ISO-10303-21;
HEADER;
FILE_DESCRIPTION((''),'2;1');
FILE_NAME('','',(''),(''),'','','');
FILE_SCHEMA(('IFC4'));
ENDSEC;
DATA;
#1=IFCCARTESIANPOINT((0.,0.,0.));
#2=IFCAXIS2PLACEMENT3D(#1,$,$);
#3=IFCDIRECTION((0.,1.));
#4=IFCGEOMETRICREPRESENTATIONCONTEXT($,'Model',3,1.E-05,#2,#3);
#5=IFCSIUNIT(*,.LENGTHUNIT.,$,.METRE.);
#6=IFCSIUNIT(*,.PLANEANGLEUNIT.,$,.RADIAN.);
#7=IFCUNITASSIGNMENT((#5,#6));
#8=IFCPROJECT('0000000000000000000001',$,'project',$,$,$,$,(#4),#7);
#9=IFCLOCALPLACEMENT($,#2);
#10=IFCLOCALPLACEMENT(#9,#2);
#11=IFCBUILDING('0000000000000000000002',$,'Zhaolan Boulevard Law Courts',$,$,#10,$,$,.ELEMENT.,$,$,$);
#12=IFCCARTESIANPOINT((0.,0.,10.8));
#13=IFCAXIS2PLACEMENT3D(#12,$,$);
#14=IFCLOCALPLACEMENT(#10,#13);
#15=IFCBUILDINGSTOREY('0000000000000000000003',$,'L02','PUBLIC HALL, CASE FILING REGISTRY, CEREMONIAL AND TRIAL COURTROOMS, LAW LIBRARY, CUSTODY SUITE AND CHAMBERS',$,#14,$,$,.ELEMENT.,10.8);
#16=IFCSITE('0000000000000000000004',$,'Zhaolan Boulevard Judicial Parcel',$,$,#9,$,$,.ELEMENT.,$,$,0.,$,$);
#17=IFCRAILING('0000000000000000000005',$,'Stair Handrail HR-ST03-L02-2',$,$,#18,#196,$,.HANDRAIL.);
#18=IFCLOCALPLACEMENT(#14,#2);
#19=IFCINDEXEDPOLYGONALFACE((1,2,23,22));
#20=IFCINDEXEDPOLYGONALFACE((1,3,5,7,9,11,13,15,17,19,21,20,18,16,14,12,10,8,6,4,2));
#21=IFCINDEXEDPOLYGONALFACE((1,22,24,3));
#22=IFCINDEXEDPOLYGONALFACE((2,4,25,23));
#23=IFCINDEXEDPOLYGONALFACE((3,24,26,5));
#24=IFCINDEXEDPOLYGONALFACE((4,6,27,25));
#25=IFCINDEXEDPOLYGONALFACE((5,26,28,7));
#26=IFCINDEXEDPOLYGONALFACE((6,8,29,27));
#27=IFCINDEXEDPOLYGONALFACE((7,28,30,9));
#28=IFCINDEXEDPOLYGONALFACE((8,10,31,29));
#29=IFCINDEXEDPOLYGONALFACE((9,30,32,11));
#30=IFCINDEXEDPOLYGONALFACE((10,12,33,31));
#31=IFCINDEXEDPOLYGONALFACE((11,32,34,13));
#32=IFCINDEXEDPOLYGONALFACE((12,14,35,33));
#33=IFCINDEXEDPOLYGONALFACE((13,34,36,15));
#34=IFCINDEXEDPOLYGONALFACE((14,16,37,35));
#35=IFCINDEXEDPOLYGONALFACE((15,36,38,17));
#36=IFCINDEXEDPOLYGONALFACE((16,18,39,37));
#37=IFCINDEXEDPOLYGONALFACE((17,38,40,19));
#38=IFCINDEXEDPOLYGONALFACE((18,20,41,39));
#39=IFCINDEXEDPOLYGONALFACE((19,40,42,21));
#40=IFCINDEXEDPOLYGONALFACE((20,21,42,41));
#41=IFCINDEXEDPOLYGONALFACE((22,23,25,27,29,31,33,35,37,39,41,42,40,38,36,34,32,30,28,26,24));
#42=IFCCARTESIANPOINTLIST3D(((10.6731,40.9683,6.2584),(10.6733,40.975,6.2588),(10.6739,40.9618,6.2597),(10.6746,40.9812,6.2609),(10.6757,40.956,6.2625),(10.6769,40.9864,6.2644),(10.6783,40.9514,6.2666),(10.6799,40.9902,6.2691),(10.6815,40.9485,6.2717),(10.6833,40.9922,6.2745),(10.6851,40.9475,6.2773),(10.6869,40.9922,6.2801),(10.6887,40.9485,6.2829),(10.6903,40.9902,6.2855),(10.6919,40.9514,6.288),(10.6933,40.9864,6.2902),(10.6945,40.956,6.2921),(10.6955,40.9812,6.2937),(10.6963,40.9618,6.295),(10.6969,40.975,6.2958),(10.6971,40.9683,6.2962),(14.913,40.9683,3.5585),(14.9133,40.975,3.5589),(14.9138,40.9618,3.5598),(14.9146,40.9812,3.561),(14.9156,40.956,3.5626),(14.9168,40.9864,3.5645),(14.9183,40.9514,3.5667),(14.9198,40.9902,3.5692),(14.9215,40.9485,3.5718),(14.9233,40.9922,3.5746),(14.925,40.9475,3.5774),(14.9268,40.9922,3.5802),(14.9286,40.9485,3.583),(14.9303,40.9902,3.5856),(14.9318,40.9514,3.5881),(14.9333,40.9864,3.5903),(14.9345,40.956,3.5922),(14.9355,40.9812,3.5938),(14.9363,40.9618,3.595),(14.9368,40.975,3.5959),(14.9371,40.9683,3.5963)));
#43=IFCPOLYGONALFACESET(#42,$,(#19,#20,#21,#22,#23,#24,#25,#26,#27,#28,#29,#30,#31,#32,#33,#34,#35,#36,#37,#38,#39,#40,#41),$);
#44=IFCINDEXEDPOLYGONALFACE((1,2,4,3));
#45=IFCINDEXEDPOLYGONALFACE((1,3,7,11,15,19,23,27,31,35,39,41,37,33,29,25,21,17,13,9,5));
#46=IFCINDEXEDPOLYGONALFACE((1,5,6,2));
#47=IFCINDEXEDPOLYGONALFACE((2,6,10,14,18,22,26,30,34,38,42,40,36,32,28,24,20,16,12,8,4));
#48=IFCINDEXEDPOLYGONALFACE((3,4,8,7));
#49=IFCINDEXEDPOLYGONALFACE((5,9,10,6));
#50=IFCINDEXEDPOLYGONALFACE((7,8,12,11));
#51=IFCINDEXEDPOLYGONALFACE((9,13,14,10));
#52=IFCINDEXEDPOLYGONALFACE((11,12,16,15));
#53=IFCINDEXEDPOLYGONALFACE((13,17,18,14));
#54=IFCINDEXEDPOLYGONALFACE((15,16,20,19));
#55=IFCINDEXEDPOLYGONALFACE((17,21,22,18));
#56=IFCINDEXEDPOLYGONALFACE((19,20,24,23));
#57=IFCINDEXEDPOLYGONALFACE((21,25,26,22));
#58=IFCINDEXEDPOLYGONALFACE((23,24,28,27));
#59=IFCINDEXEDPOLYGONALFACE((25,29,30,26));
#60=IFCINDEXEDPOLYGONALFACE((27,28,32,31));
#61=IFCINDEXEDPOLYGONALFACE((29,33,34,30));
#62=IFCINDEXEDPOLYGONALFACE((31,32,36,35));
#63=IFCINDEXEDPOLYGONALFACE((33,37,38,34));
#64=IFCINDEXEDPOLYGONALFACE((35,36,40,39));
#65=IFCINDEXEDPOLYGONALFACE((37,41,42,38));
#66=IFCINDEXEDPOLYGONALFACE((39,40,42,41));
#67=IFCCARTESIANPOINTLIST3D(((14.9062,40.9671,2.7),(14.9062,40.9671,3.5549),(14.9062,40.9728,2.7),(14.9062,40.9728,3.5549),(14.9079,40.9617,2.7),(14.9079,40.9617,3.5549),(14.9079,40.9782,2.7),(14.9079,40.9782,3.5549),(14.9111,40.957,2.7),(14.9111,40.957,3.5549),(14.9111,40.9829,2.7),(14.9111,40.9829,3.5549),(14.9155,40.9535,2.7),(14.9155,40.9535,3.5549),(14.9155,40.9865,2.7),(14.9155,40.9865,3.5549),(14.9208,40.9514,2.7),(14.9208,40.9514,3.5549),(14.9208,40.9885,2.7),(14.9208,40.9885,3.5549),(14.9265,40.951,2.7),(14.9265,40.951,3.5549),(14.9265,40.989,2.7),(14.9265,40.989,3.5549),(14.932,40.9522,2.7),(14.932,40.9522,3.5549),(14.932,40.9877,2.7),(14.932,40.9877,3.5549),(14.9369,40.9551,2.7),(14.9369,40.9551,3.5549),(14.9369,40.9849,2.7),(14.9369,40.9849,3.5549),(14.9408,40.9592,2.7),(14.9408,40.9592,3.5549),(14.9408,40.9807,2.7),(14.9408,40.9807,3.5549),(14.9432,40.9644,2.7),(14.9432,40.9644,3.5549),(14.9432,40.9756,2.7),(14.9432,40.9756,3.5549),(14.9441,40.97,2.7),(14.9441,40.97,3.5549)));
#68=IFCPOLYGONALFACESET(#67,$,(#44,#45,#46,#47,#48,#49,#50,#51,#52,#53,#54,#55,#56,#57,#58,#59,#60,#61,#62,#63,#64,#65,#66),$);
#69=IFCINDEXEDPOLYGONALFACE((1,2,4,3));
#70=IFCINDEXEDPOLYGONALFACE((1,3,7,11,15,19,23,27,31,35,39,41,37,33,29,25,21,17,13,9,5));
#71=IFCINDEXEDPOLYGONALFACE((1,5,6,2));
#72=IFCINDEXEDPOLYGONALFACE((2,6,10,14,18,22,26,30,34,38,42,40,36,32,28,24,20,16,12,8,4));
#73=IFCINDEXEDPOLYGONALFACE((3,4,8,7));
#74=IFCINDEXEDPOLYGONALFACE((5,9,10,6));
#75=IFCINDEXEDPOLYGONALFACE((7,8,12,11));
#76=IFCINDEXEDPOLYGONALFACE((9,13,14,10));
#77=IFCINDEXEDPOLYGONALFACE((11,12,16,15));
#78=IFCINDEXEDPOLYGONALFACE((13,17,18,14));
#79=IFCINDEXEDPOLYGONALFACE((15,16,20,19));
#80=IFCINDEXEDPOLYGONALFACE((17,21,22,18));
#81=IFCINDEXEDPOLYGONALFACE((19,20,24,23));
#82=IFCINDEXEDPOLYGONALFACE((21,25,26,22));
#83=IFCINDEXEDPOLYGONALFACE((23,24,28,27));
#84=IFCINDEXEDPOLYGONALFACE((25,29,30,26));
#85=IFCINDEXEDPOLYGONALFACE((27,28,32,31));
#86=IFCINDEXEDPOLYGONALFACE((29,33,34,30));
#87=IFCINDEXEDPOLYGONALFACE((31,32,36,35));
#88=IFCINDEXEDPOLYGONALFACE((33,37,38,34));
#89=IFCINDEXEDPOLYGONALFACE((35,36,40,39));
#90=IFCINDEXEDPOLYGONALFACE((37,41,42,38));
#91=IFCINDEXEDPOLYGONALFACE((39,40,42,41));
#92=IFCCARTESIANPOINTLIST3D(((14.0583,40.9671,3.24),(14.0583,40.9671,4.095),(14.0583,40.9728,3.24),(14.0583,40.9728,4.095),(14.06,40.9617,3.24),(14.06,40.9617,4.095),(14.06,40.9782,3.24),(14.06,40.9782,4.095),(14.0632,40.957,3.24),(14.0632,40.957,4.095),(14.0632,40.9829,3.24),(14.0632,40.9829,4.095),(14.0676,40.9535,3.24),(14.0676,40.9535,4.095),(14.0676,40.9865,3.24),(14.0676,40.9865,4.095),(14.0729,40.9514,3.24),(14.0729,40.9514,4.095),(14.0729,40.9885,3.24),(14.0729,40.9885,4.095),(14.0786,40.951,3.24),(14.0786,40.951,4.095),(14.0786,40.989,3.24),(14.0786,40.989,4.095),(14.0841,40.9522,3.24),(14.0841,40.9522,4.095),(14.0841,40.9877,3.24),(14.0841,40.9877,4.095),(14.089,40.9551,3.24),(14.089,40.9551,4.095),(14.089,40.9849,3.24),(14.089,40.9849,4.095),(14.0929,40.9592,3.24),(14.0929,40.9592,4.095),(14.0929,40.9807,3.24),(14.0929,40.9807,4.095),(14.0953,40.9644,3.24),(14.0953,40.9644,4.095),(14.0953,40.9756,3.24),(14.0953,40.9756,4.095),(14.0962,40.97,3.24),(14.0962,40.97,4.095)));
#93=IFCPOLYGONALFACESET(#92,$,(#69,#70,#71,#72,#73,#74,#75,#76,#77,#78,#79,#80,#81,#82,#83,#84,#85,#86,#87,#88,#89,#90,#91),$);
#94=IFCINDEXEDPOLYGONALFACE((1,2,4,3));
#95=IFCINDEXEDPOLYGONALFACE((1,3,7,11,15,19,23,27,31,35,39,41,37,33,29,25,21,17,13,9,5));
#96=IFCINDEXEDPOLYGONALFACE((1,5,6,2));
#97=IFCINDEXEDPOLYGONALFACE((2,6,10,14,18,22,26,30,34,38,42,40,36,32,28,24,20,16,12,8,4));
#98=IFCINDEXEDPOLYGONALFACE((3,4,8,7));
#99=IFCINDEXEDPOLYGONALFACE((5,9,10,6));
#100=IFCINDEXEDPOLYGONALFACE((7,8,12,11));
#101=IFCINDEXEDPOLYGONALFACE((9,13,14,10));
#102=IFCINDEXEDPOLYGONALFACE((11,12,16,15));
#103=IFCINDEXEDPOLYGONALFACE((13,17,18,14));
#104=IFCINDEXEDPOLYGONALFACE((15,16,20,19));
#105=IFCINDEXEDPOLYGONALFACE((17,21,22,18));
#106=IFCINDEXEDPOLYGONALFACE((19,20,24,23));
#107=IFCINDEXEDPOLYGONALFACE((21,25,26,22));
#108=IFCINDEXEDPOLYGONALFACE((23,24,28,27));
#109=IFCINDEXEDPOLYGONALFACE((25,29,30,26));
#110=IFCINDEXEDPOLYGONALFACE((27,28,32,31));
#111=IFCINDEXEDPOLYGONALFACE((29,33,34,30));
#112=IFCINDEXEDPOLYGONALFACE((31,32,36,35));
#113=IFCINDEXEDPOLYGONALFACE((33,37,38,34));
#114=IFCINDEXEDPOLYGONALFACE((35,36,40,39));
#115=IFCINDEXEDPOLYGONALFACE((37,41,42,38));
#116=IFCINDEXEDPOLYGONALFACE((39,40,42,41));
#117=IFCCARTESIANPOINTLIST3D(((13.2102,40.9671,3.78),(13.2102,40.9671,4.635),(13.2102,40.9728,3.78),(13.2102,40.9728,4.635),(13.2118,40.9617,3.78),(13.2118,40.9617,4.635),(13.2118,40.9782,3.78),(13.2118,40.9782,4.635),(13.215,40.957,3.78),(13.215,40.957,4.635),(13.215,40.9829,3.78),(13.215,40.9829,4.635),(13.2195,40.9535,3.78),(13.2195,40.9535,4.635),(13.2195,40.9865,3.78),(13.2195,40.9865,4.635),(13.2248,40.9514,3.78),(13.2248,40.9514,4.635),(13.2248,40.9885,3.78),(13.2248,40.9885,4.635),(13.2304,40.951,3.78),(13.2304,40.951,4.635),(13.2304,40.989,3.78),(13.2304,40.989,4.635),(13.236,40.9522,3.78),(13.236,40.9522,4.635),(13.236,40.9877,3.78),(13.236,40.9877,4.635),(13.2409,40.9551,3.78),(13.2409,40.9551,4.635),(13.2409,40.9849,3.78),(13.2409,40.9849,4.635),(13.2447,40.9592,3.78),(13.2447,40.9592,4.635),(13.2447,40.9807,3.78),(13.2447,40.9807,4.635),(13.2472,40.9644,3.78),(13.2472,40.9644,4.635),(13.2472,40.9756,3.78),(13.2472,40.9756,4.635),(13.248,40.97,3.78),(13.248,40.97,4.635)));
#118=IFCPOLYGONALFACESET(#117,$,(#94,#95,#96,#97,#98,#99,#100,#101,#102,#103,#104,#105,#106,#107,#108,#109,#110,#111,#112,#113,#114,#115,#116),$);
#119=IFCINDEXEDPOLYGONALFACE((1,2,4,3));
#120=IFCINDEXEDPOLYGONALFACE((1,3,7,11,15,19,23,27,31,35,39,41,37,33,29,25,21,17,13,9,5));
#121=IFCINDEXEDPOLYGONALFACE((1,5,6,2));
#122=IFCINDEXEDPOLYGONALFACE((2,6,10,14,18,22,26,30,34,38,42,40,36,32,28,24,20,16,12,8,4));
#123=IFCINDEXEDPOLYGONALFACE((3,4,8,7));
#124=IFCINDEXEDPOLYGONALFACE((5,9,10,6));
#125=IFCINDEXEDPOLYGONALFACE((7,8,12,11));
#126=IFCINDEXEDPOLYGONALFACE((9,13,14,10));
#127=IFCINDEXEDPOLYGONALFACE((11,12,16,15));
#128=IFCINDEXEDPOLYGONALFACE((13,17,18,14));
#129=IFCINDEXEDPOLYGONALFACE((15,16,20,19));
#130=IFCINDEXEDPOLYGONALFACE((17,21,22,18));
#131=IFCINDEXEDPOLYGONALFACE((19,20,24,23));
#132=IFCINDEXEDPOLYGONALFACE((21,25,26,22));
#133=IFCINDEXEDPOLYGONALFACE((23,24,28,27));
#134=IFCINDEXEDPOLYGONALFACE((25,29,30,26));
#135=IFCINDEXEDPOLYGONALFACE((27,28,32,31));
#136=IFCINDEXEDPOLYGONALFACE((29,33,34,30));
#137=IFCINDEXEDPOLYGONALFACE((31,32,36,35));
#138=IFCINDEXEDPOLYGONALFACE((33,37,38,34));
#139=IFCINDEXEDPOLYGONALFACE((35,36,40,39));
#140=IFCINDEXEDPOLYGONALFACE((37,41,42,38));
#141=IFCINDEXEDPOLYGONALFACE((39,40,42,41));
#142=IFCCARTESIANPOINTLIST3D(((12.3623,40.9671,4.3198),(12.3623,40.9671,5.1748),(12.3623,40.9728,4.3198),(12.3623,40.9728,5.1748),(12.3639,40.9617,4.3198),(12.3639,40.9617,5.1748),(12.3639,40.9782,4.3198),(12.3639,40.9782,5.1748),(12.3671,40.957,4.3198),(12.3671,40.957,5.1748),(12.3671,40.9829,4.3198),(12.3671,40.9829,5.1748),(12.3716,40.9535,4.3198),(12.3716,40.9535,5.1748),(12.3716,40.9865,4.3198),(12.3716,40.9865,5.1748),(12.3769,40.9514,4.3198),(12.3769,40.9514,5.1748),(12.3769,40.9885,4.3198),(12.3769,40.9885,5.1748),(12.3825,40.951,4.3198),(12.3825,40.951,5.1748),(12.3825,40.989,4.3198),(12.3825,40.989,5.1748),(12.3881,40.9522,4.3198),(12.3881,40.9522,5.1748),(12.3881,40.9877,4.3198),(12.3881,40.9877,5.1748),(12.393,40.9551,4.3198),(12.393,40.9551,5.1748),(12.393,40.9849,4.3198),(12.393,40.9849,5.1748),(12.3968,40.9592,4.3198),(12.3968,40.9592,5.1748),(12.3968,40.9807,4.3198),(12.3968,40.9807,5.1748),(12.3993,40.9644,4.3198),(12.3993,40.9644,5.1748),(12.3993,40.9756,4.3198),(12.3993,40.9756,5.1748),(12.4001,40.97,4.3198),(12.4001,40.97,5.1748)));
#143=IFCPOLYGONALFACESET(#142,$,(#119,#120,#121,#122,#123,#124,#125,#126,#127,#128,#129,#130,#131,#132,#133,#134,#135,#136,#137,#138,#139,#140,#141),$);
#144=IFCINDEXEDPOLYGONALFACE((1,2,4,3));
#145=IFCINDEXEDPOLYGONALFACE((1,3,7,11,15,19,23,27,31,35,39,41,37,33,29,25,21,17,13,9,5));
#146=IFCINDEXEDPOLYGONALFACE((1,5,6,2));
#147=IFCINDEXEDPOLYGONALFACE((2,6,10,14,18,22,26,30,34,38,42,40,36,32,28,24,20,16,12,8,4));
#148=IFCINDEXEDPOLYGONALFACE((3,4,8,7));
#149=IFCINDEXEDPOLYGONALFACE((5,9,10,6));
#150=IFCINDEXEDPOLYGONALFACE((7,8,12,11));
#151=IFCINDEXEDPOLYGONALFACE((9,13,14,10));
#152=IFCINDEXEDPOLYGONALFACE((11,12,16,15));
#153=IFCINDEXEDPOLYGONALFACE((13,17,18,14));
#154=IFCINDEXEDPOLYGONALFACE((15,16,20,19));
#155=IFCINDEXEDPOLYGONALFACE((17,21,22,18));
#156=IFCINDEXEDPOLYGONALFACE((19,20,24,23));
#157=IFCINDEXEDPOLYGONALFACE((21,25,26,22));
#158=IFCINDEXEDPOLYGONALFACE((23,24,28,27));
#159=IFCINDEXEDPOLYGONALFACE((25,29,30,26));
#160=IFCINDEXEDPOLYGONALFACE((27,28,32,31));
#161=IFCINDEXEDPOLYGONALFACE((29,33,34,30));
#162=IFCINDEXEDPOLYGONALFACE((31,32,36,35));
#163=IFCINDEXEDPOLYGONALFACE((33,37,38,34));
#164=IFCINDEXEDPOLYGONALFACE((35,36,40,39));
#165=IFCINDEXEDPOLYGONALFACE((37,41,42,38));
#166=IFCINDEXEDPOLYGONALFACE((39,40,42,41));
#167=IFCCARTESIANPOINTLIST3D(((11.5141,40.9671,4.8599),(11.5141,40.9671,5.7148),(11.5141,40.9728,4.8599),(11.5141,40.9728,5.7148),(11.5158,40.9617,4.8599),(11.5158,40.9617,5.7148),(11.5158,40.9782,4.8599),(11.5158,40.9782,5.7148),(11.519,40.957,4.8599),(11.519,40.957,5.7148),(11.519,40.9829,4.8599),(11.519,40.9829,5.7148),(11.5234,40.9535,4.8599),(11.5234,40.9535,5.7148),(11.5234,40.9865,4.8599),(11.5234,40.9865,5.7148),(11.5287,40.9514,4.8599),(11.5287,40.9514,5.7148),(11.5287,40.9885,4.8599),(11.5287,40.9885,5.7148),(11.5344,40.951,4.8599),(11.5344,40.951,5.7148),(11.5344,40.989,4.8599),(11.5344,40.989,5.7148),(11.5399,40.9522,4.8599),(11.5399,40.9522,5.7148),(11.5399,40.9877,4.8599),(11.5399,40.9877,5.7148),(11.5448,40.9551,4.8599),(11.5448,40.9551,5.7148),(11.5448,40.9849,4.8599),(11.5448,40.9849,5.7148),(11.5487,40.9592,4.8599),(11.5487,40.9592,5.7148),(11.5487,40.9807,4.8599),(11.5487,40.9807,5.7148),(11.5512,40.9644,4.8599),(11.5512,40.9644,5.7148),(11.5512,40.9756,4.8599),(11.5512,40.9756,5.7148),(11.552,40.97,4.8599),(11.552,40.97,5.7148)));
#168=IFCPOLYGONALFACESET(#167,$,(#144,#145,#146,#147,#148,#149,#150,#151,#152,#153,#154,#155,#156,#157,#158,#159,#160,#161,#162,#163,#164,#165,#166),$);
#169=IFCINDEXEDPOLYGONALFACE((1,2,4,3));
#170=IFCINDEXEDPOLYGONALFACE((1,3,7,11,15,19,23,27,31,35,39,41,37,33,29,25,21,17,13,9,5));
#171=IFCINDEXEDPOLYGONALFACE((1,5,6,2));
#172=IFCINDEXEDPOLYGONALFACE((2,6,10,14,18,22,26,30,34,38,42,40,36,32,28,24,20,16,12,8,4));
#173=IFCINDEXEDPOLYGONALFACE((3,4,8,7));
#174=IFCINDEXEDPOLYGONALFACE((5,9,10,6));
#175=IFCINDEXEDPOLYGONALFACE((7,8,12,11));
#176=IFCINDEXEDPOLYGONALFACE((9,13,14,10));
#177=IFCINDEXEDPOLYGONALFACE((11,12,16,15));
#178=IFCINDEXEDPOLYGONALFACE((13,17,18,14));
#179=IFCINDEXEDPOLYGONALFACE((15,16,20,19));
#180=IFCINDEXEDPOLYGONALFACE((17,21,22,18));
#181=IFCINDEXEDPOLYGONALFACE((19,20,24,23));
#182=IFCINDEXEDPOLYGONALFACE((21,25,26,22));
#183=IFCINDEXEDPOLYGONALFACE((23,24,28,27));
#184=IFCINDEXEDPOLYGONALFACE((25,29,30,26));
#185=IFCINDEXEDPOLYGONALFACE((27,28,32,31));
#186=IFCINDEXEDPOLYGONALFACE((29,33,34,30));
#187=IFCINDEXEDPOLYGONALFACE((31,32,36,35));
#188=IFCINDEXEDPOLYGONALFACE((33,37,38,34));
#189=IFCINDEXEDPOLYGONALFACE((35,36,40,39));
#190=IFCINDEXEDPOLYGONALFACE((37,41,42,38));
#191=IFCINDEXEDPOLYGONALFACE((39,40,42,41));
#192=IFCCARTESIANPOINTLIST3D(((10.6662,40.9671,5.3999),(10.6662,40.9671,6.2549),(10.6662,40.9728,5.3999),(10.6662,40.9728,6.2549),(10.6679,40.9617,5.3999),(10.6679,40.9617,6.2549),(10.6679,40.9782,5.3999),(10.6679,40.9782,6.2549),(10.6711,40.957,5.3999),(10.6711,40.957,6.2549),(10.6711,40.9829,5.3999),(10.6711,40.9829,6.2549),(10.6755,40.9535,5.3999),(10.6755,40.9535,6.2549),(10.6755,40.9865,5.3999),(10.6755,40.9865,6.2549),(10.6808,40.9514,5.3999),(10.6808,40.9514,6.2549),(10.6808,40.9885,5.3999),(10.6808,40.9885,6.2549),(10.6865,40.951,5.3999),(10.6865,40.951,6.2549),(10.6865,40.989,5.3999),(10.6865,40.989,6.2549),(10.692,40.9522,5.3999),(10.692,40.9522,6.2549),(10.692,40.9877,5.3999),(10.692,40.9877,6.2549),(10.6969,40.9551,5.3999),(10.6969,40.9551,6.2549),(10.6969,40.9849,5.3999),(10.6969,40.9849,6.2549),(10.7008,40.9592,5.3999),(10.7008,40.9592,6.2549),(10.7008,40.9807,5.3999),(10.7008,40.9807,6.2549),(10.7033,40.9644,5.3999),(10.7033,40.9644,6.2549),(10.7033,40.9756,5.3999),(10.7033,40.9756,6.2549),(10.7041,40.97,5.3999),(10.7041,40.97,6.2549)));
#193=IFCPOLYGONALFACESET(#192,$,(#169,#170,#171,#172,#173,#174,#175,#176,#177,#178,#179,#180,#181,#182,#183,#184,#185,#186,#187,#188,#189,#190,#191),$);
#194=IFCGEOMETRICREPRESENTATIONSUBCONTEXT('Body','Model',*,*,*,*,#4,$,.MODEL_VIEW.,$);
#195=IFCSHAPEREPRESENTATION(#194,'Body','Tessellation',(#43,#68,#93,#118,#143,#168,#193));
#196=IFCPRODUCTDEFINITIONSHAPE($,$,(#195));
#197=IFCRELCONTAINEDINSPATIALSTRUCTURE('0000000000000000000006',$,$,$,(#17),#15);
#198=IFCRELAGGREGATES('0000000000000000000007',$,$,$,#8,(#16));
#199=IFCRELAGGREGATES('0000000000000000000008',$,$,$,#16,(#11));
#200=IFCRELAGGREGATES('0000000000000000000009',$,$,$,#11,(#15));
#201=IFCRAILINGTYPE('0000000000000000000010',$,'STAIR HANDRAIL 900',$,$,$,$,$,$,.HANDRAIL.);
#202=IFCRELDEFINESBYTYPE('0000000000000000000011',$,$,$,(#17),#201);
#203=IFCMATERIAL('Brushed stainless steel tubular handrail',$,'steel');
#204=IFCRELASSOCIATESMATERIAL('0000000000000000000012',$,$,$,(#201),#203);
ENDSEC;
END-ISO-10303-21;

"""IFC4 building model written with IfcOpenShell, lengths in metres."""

from ifc_helpers import new_model, si_unit, direction, frame, origin, origin_2d, place, context, subcontext, project, spatial, circle, extrude, material, type_object, element, save


model = new_model("IFC4")

# Units and contexts
model_context = context("Model", 3, precision=1e-05, world=origin(), true_north=direction((0.0, 1.0)))
body_context = subcontext(model_context, "Body", "Model", "MODEL_VIEW")
ifc_project = project(units=[si_unit("LENGTHUNIT", "METRE"), si_unit("PLANEANGLEUNIT", "RADIAN")], contexts=[model_context])

# Site, building, storey
site_placement = place(None, origin())
site = spatial("IfcSite", under=ifc_project, at=site_placement, Name="Zhaolan Boulevard Judicial Parcel", CompositionType="ELEMENT", RefElevation=0.0)
building_placement = place(site_placement, origin())
building = spatial("IfcBuilding", under=site, at=building_placement, Name="Zhaolan Boulevard Law Courts", CompositionType="ELEMENT")
storey_placement = place(building_placement, frame((0.0, 0.0, 10.8)))
storey = spatial("IfcBuildingStorey", under=building, at=storey_placement, Name="L02", Description="PUBLIC HALL, CASE FILING REGISTRY, CEREMONIAL AND TRIAL COURTROOMS, LAW LIBRARY, CUSTODY SUITE AND CHAMBERS", CompositionType="ELEMENT", Elevation=10.8)

# Railing
ifc_material_1 = material(Name="Brushed stainless steel tubular handrail", Category="steel")
railing_type_1 = type_object("IfcRailingType", Name="STAIR HANDRAIL 900", PredefinedType="HANDRAIL", material=ifc_material_1)
railing_1_placement = place(storey_placement, frame((14.925, 40.97, 2.7)))
element("IfcRailing", 1, at=railing_1_placement, inside=storey, type_object=railing_type_1, Name="Stair Handrail HR-ST03-L02-2", PredefinedType="HANDRAIL", context=body_context, shape_type="SweptSolid", body=[
    extrude(circle(Radius=0.0225, at=origin_2d()), frame((0.0, 0.0, 0.8774), z_axis=(-0.843501, 0.0, 0.537127), x_axis=(0.0, -1.0, 0.0)), (0.0, 0.0, 1.0), 5.0266),
    extrude(circle(Radius=0.019, at=origin_2d()), origin(), (0.0, 0.0, 1.0), 0.855),
    extrude(circle(Radius=0.019, at=origin_2d()), frame((-0.8479, 0.0, 0.54)), (0.0, 0.0, 1.0), 0.855),
    extrude(circle(Radius=0.019, at=origin_2d()), frame((-1.696, 0.0, 1.0801)), (0.0, 0.0, 1.0), 0.855),
    extrude(circle(Radius=0.019, at=origin_2d()), frame((-2.5439, 0.0, 1.6199)), (0.0, 0.0, 1.0), 0.855),
    extrude(circle(Radius=0.019, at=origin_2d()), frame((-3.3921, 0.0, 2.1599)), (0.0, 0.0, 1.0), 0.855),
    extrude(circle(Radius=0.019, at=origin_2d()), frame((-4.24, 0.0, 2.7)), (0.0, 0.0, 1.0), 0.855),
])

save(model, "model.ifc")
